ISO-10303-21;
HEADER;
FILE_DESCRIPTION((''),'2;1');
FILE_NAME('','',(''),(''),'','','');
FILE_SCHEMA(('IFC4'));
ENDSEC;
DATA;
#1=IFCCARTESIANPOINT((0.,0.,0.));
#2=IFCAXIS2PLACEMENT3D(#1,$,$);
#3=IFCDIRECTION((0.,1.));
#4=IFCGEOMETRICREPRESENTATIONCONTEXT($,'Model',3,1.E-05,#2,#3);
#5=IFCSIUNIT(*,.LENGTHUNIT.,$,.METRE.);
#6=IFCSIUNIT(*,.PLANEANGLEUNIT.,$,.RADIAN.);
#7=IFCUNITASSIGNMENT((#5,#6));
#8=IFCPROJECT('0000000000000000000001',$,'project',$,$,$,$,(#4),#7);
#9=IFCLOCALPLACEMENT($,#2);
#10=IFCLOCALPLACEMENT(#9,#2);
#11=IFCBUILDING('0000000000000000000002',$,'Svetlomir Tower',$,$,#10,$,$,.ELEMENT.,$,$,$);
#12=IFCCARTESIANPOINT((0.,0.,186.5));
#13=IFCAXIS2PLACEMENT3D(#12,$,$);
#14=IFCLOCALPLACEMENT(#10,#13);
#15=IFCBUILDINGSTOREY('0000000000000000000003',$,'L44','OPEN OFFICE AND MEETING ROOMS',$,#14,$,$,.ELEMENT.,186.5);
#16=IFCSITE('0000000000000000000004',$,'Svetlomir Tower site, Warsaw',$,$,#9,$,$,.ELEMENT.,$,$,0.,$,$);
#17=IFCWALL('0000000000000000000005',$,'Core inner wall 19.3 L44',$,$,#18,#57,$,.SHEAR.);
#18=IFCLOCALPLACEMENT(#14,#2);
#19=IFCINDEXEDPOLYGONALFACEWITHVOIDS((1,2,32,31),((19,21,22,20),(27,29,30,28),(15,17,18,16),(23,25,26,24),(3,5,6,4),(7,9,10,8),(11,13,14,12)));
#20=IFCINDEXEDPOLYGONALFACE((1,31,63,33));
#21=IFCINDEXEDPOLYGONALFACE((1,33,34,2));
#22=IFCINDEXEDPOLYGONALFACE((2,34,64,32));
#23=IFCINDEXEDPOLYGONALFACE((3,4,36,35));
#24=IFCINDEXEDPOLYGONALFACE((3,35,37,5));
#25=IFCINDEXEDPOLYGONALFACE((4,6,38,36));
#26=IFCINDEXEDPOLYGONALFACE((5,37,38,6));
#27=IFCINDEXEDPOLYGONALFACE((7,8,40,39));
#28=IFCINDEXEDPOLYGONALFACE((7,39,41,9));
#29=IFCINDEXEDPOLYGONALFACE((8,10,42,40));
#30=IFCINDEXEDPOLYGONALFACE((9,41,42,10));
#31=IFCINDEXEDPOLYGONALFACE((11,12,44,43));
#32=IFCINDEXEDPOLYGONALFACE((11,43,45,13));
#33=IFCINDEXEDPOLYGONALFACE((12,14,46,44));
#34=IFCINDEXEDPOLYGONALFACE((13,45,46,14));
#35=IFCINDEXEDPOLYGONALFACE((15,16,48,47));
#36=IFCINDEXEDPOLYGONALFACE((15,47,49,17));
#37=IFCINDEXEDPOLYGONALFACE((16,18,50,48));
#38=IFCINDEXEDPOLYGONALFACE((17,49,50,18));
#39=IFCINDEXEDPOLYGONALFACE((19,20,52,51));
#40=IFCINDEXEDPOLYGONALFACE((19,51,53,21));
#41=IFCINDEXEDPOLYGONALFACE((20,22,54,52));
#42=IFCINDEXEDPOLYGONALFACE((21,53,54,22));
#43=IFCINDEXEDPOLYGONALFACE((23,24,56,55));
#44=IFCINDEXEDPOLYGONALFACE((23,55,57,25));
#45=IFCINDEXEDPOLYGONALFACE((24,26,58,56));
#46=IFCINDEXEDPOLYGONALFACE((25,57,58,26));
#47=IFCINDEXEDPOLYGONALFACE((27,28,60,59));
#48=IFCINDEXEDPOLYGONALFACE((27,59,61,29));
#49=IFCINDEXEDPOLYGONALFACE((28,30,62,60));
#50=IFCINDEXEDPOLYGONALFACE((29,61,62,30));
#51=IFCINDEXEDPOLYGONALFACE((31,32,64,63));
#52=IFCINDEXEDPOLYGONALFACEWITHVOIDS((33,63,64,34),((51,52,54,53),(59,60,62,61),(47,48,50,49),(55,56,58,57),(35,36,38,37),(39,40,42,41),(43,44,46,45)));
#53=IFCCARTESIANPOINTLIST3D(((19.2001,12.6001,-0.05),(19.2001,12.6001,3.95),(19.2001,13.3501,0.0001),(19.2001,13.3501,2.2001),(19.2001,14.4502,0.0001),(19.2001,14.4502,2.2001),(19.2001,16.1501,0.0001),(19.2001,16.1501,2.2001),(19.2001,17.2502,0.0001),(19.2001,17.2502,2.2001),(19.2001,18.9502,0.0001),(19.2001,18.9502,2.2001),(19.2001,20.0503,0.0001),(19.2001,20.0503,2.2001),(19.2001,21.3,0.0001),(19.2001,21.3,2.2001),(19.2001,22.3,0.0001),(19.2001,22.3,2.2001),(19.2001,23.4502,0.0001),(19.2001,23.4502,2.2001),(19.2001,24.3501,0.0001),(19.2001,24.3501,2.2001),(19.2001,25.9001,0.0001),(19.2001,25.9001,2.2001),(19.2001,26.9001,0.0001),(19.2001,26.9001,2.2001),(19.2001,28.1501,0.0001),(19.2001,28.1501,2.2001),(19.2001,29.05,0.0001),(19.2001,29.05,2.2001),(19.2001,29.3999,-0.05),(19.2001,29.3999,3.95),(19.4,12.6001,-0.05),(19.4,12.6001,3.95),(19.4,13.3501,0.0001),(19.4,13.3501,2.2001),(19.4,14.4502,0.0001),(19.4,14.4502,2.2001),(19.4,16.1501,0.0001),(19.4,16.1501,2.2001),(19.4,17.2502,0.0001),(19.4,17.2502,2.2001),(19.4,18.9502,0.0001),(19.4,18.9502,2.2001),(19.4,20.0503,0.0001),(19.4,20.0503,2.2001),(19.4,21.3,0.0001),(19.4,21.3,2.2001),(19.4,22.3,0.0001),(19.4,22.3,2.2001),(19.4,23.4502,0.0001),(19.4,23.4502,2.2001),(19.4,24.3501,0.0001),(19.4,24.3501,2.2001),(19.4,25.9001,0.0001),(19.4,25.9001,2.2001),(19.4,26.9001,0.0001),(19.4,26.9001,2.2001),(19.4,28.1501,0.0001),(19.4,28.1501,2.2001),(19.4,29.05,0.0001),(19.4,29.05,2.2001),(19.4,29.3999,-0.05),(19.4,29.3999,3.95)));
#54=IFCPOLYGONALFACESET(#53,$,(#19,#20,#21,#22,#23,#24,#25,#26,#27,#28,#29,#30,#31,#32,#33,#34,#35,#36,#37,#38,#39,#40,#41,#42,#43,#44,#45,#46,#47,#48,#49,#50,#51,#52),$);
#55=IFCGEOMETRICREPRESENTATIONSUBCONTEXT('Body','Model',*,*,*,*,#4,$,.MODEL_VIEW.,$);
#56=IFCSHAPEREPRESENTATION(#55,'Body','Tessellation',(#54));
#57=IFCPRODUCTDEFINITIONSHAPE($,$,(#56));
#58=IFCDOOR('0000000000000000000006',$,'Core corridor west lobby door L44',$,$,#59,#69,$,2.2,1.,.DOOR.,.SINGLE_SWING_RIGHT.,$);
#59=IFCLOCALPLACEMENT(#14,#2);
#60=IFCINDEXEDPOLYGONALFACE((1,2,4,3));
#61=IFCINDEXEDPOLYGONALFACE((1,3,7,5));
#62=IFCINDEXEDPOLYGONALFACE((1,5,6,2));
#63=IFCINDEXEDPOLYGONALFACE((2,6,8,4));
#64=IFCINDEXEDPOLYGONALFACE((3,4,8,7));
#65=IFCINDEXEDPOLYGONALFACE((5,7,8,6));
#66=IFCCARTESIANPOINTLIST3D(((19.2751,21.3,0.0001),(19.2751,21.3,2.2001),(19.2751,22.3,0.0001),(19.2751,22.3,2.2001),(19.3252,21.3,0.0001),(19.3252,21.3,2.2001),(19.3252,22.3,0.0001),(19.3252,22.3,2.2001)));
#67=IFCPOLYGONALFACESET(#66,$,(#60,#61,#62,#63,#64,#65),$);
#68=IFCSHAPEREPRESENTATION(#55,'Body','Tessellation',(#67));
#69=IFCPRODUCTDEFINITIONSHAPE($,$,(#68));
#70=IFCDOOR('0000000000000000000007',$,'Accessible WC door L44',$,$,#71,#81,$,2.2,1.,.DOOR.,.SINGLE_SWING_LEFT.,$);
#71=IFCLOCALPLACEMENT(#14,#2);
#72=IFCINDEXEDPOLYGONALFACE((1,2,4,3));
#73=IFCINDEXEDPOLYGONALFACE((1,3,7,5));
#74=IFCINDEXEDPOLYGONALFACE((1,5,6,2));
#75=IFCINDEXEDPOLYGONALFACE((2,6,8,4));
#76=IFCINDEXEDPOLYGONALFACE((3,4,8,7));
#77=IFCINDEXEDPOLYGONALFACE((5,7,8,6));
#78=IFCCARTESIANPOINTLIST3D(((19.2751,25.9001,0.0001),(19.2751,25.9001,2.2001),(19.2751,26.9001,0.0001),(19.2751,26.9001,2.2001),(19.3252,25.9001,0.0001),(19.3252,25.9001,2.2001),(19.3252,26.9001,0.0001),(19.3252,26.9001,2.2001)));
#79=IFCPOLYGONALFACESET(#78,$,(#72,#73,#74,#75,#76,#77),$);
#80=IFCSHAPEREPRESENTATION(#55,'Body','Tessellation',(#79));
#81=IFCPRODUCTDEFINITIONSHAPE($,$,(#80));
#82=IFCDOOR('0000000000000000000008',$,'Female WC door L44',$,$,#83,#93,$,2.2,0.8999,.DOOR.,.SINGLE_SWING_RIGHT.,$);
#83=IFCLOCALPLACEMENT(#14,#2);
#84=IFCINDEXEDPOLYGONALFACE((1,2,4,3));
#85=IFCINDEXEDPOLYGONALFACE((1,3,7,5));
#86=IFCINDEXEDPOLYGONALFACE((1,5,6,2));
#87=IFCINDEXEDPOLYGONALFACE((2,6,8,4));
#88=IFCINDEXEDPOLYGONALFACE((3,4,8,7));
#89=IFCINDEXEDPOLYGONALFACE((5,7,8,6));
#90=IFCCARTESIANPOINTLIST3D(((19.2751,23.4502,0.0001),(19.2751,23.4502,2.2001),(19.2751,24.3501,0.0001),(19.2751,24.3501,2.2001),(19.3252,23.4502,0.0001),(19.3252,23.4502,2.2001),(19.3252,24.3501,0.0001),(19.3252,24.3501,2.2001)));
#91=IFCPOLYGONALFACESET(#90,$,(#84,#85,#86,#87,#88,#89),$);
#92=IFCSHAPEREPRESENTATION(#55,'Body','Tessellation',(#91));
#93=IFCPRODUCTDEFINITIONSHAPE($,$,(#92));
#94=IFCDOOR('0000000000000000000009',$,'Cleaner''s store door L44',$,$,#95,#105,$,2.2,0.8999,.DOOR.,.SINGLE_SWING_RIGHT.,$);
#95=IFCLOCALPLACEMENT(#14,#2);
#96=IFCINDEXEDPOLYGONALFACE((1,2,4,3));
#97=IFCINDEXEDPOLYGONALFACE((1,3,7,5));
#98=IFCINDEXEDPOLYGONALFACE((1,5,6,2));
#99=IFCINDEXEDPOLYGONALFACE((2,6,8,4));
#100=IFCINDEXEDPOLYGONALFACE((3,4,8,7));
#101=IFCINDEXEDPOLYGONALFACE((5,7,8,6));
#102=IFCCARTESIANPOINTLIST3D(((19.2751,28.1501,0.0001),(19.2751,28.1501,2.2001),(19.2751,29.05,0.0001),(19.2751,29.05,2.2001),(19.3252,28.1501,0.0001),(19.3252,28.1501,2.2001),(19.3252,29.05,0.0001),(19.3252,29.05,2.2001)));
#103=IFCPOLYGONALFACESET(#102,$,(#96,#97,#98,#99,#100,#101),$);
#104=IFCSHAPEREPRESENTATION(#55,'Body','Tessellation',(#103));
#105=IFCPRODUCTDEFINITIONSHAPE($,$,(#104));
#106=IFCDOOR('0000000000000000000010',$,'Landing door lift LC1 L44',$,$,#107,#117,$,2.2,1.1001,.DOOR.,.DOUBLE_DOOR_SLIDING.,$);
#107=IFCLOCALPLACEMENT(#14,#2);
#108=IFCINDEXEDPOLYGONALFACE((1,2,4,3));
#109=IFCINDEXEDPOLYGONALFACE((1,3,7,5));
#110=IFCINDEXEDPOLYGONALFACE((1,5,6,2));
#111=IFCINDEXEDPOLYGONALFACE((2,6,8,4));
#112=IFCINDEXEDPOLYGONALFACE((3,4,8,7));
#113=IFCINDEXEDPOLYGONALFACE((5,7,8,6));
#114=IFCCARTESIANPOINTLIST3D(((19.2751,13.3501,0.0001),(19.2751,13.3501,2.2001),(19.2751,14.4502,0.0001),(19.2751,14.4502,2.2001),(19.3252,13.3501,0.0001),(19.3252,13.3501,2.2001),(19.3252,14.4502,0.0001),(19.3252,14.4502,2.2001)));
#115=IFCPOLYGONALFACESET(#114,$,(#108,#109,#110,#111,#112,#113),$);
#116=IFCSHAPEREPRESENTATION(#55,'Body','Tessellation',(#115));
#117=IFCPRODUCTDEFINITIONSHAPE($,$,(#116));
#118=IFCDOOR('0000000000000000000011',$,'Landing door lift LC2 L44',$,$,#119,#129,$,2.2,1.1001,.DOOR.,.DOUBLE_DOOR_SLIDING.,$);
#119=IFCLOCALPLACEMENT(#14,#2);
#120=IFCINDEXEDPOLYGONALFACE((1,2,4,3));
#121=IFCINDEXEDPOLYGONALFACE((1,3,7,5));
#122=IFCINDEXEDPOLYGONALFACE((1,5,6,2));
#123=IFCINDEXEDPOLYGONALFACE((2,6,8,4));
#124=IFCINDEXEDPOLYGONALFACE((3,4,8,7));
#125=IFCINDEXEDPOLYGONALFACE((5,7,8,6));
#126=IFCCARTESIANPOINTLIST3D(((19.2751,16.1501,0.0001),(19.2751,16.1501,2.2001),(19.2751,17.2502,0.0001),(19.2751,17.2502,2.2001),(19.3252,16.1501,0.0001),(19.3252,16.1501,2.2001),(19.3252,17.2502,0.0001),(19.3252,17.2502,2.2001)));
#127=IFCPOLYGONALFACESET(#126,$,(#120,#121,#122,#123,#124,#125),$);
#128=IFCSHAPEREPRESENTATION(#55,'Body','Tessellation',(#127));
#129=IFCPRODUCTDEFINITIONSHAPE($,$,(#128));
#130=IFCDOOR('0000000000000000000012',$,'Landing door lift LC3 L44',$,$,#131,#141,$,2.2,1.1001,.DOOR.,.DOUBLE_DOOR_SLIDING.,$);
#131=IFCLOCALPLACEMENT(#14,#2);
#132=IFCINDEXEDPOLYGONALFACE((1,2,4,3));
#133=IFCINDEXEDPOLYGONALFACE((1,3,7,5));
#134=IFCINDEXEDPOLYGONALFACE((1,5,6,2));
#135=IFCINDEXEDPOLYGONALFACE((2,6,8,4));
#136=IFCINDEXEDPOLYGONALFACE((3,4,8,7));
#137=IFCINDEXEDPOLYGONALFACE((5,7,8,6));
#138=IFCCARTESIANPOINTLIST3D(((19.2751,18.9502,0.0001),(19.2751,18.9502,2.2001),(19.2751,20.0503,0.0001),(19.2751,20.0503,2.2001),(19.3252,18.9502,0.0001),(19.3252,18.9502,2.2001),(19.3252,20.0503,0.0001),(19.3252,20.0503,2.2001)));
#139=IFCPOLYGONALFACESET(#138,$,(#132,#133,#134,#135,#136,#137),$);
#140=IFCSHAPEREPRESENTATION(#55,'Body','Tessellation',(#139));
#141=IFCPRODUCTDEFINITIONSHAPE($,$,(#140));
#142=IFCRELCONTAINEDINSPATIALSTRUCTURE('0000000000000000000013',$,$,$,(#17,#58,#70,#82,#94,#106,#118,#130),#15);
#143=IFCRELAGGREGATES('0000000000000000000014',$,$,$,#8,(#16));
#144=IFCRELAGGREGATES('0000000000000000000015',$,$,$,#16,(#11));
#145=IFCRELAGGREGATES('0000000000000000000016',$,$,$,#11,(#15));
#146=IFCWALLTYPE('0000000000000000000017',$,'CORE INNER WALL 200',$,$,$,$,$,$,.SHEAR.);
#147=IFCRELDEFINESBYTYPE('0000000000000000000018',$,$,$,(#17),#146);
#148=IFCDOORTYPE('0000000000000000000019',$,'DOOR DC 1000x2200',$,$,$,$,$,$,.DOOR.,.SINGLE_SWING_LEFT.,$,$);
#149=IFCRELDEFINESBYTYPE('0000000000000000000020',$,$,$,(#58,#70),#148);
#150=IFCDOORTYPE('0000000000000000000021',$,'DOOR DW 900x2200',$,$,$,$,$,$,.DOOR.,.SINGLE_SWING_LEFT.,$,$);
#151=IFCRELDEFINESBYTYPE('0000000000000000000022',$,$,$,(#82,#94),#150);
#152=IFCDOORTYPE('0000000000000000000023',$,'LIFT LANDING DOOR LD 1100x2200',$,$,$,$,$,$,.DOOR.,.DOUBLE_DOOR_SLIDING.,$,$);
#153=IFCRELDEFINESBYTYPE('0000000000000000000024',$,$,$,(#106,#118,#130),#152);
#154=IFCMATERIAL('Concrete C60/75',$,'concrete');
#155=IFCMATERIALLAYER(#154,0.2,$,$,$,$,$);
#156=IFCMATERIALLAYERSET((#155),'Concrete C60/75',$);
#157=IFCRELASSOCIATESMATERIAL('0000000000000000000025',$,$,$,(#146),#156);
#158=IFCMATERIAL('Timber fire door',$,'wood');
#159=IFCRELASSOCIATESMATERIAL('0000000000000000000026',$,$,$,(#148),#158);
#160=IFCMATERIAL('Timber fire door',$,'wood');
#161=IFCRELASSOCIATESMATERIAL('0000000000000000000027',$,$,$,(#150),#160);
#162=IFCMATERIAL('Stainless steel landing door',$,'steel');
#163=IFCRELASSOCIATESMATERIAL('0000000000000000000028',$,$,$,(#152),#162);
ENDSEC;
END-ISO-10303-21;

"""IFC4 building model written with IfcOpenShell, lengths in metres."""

from ifc_helpers import new_model, si_unit, direction, frame, frame_2d, origin, place, context, subcontext, project, spatial, rectangle, extrude, material, layer, layer_set, type_object, element, fill, save


model = new_model("IFC4")

# Units and contexts
model_context = context("Model", 3, precision=1e-05, world=origin(), true_north=direction((0.0, 1.0)))
body_context = subcontext(model_context, "Body", "Model", "MODEL_VIEW")
ifc_project = project(units=[si_unit("LENGTHUNIT", "METRE"), si_unit("PLANEANGLEUNIT", "RADIAN")], contexts=[model_context])

# Site, building, storey
site_placement = place(None, origin())
site = spatial("IfcSite", under=ifc_project, at=site_placement, Name="Svetlomir Tower site, Warsaw", CompositionType="ELEMENT", RefElevation=0.0)
building_placement = place(site_placement, origin())
building = spatial("IfcBuilding", under=site, at=building_placement, Name="Svetlomir Tower", CompositionType="ELEMENT")
storey_placement = place(building_placement, frame((0.0, 0.0, 186.5)))
storey = spatial("IfcBuildingStorey", under=building, at=storey_placement, Name="L44", Description="OPEN OFFICE AND MEETING ROOMS", CompositionType="ELEMENT", Elevation=186.5)

# Shared definitions
ifc_material_1 = material(Name="Concrete C60/75", Category="concrete")
ifc_layer_1 = layer(ifc_material_1, 0.2)
ifc_layer_set_1 = layer_set([ifc_layer_1], Name="Concrete C60/75")
wall_type_1 = type_object("IfcWallType", Name="CORE INNER WALL 200", PredefinedType="SHEAR", material=ifc_layer_set_1)

# Wall, openings, doors
wall_1_placement = place(storey_placement, frame((19.3, 12.6001, -0.05), z_axis=(0.0, 0.0, 1.0), x_axis=(0.0, 1.0, 0.0)))
wall_1 = element("IfcWall", 1, at=wall_1_placement, inside=storey, type_object=wall_type_1, Name="Core inner wall 19.3 L44", PredefinedType="SHEAR", context=body_context, shape_type="SweptSolid", body=[
    extrude(rectangle(XDim=16.7998, YDim=0.2, at=frame_2d((8.3999, 0.0))), origin(), (0.0, 0.0, 1.0), 4.0),
])
opening_1_placement = place(wall_1_placement, frame((8.7, 0.0, 0.05)))
opening_1 = element("IfcOpeningElement", 2, at=opening_1_placement, cuts=wall_1, PredefinedType="OPENING", context=body_context, shape_type="SweptSolid", body=[
    extrude(rectangle(XDim=1.0, YDim=2.2, at=frame_2d((0.5, 1.1001))), frame((0.0, 0.1099, 0.0), z_axis=(0.0, -1.0, 0.0), x_axis=(1.0, 0.0, 0.0)), (0.0, 0.0, 1.0), 0.22),
])
opening_2_placement = place(wall_1_placement, frame((10.8501, 0.0, 0.05)))
opening_2 = element("IfcOpeningElement", 3, at=opening_2_placement, cuts=wall_1, PredefinedType="OPENING", context=body_context, shape_type="SweptSolid", body=[
    extrude(rectangle(XDim=0.8999, YDim=2.2, at=frame_2d((0.45, 1.1001))), frame((0.0, 0.1099, 0.0), z_axis=(0.0, -1.0, 0.0), x_axis=(1.0, 0.0, 0.0)), (0.0, 0.0, 1.0), 0.22),
])
opening_3_placement = place(wall_1_placement, frame((13.3, 0.0, 0.05)))
opening_3 = element("IfcOpeningElement", 4, at=opening_3_placement, cuts=wall_1, PredefinedType="OPENING", context=body_context, shape_type="SweptSolid", body=[
    extrude(rectangle(XDim=1.0, YDim=2.2, at=frame_2d((0.5, 1.1001))), frame((0.0, 0.1099, 0.0), z_axis=(0.0, -1.0, 0.0), x_axis=(1.0, 0.0, 0.0)), (0.0, 0.0, 1.0), 0.22),
])
opening_4_placement = place(wall_1_placement, frame((15.55, 0.0, 0.05)))
opening_4 = element("IfcOpeningElement", 5, at=opening_4_placement, cuts=wall_1, PredefinedType="OPENING", context=body_context, shape_type="SweptSolid", body=[
    extrude(rectangle(XDim=0.8999, YDim=2.2, at=frame_2d((0.45, 1.1001))), frame((0.0, 0.1099, 0.0), z_axis=(0.0, -1.0, 0.0), x_axis=(1.0, 0.0, 0.0)), (0.0, 0.0, 1.0), 0.22),
])
opening_5_placement = place(wall_1_placement, frame((0.75, 0.0, 0.05)))
opening_5 = element("IfcOpeningElement", 6, at=opening_5_placement, cuts=wall_1, PredefinedType="OPENING", context=body_context, shape_type="SweptSolid", body=[
    extrude(rectangle(XDim=1.1001, YDim=2.2, at=frame_2d((0.55, 1.1001))), frame((0.0, 0.1099, 0.0), z_axis=(0.0, -1.0, 0.0), x_axis=(1.0, 0.0, 0.0)), (0.0, 0.0, 1.0), 0.22),
])
opening_6_placement = place(wall_1_placement, frame((3.55, 0.0, 0.05)))
opening_6 = element("IfcOpeningElement", 7, at=opening_6_placement, cuts=wall_1, PredefinedType="OPENING", context=body_context, shape_type="SweptSolid", body=[
    extrude(rectangle(XDim=1.1001, YDim=2.2, at=frame_2d((0.55, 1.1001))), frame((0.0, 0.1099, 0.0), z_axis=(0.0, -1.0, 0.0), x_axis=(1.0, 0.0, 0.0)), (0.0, 0.0, 1.0), 0.22),
])
opening_7_placement = place(wall_1_placement, frame((6.3501, 0.0, 0.05)))
opening_7 = element("IfcOpeningElement", 8, at=opening_7_placement, cuts=wall_1, PredefinedType="OPENING", context=body_context, shape_type="SweptSolid", body=[
    extrude(rectangle(XDim=1.1001, YDim=2.2, at=frame_2d((0.55, 1.1001))), frame((0.0, 0.1099, 0.0), z_axis=(0.0, -1.0, 0.0), x_axis=(1.0, 0.0, 0.0)), (0.0, 0.0, 1.0), 0.22),
])
ifc_material_2 = material(Name="Timber fire door", Category="wood")
door_type_1 = type_object("IfcDoorType", Name="DOOR DC 1000x2200", OperationType="SINGLE_SWING_LEFT", PredefinedType="DOOR", material=ifc_material_2)
door_1_placement = place(opening_1_placement, origin())
door_1 = element("IfcDoor", 9, at=door_1_placement, inside=storey, type_object=door_type_1, Name="Core corridor west lobby door L44", OperationType="SINGLE_SWING_RIGHT", OverallHeight=2.2, OverallWidth=1.0, PredefinedType="DOOR", context=body_context, shape_type="SweptSolid", body=[
    extrude(rectangle(XDim=1.0, YDim=2.2, at=frame_2d((0.5, 1.1001))), frame((0.0, 0.0249, 0.0), z_axis=(0.0, -1.0, 0.0), x_axis=(1.0, 0.0, 0.0)), (0.0, 0.0, 1.0), 0.05),
])
fill(opening_1, door_1)
door_2_placement = place(opening_3_placement, origin())
door_2 = element("IfcDoor", 10, at=door_2_placement, inside=storey, type_object=door_type_1, Name="Accessible WC door L44", OperationType="SINGLE_SWING_LEFT", OverallHeight=2.2, OverallWidth=1.0, PredefinedType="DOOR", context=body_context, shape_type="SweptSolid", body=[
    extrude(rectangle(XDim=1.0, YDim=2.2, at=frame_2d((0.5, 1.1001))), frame((0.0, 0.0249, 0.0), z_axis=(0.0, -1.0, 0.0), x_axis=(1.0, 0.0, 0.0)), (0.0, 0.0, 1.0), 0.05),
])
fill(opening_3, door_2)
ifc_material_3 = material(Name="Timber fire door", Category="wood")
door_type_2 = type_object("IfcDoorType", Name="DOOR DW 900x2200", OperationType="SINGLE_SWING_LEFT", PredefinedType="DOOR", material=ifc_material_3)
door_3_placement = place(opening_2_placement, origin())
door_3 = element("IfcDoor", 11, at=door_3_placement, inside=storey, type_object=door_type_2, Name="Female WC door L44", OperationType="SINGLE_SWING_RIGHT", OverallHeight=2.2, OverallWidth=0.8999, PredefinedType="DOOR", context=body_context, shape_type="SweptSolid", body=[
    extrude(rectangle(XDim=0.8999, YDim=2.2, at=frame_2d((0.45, 1.1001))), frame((0.0, 0.0249, 0.0), z_axis=(0.0, -1.0, 0.0), x_axis=(1.0, 0.0, 0.0)), (0.0, 0.0, 1.0), 0.05),
])
fill(opening_2, door_3)
door_4_placement = place(opening_4_placement, origin())
door_4 = element("IfcDoor", 12, at=door_4_placement, inside=storey, type_object=door_type_2, Name="Cleaner's store door L44", OperationType="SINGLE_SWING_RIGHT", OverallHeight=2.2, OverallWidth=0.8999, PredefinedType="DOOR", context=body_context, shape_type="SweptSolid", body=[
    extrude(rectangle(XDim=0.8999, YDim=2.2, at=frame_2d((0.45, 1.1001))), frame((0.0, 0.0249, 0.0), z_axis=(0.0, -1.0, 0.0), x_axis=(1.0, 0.0, 0.0)), (0.0, 0.0, 1.0), 0.05),
])
fill(opening_4, door_4)
ifc_material_4 = material(Name="Stainless steel landing door", Category="steel")
door_type_3 = type_object("IfcDoorType", Name="LIFT LANDING DOOR LD 1100x2200", OperationType="DOUBLE_DOOR_SLIDING", PredefinedType="DOOR", material=ifc_material_4)
door_5_placement = place(opening_5_placement, origin())
door_5 = element("IfcDoor", 13, at=door_5_placement, inside=storey, type_object=door_type_3, Name="Landing door lift LC1 L44", OperationType="DOUBLE_DOOR_SLIDING", OverallHeight=2.2, OverallWidth=1.1001, PredefinedType="DOOR", context=body_context, shape_type="SweptSolid", body=[
    extrude(rectangle(XDim=1.1001, YDim=2.2, at=frame_2d((0.55, 1.1001))), frame((0.0, 0.0249, 0.0), z_axis=(0.0, -1.0, 0.0), x_axis=(1.0, 0.0, 0.0)), (0.0, 0.0, 1.0), 0.05),
])
fill(opening_5, door_5)
door_6_placement = place(opening_6_placement, origin())
door_6 = element("IfcDoor", 14, at=door_6_placement, inside=storey, type_object=door_type_3, Name="Landing door lift LC2 L44", OperationType="DOUBLE_DOOR_SLIDING", OverallHeight=2.2, OverallWidth=1.1001, PredefinedType="DOOR", context=body_context, shape_type="SweptSolid", body=[
    extrude(rectangle(XDim=1.1001, YDim=2.2, at=frame_2d((0.55, 1.1001))), frame((0.0, 0.0249, 0.0), z_axis=(0.0, -1.0, 0.0), x_axis=(1.0, 0.0, 0.0)), (0.0, 0.0, 1.0), 0.05),
])
fill(opening_6, door_6)
door_7_placement = place(opening_7_placement, origin())
door_7 = element("IfcDoor", 15, at=door_7_placement, inside=storey, type_object=door_type_3, Name="Landing door lift LC3 L44", OperationType="DOUBLE_DOOR_SLIDING", OverallHeight=2.2, OverallWidth=1.1001, PredefinedType="DOOR", context=body_context, shape_type="SweptSolid", body=[
    extrude(rectangle(XDim=1.1001, YDim=2.2, at=frame_2d((0.55, 1.1001))), frame((0.0, 0.0249, 0.0), z_axis=(0.0, -1.0, 0.0), x_axis=(1.0, 0.0, 0.0)), (0.0, 0.0, 1.0), 0.05),
])
fill(opening_7, door_7)

save(model, "model.ifc")
